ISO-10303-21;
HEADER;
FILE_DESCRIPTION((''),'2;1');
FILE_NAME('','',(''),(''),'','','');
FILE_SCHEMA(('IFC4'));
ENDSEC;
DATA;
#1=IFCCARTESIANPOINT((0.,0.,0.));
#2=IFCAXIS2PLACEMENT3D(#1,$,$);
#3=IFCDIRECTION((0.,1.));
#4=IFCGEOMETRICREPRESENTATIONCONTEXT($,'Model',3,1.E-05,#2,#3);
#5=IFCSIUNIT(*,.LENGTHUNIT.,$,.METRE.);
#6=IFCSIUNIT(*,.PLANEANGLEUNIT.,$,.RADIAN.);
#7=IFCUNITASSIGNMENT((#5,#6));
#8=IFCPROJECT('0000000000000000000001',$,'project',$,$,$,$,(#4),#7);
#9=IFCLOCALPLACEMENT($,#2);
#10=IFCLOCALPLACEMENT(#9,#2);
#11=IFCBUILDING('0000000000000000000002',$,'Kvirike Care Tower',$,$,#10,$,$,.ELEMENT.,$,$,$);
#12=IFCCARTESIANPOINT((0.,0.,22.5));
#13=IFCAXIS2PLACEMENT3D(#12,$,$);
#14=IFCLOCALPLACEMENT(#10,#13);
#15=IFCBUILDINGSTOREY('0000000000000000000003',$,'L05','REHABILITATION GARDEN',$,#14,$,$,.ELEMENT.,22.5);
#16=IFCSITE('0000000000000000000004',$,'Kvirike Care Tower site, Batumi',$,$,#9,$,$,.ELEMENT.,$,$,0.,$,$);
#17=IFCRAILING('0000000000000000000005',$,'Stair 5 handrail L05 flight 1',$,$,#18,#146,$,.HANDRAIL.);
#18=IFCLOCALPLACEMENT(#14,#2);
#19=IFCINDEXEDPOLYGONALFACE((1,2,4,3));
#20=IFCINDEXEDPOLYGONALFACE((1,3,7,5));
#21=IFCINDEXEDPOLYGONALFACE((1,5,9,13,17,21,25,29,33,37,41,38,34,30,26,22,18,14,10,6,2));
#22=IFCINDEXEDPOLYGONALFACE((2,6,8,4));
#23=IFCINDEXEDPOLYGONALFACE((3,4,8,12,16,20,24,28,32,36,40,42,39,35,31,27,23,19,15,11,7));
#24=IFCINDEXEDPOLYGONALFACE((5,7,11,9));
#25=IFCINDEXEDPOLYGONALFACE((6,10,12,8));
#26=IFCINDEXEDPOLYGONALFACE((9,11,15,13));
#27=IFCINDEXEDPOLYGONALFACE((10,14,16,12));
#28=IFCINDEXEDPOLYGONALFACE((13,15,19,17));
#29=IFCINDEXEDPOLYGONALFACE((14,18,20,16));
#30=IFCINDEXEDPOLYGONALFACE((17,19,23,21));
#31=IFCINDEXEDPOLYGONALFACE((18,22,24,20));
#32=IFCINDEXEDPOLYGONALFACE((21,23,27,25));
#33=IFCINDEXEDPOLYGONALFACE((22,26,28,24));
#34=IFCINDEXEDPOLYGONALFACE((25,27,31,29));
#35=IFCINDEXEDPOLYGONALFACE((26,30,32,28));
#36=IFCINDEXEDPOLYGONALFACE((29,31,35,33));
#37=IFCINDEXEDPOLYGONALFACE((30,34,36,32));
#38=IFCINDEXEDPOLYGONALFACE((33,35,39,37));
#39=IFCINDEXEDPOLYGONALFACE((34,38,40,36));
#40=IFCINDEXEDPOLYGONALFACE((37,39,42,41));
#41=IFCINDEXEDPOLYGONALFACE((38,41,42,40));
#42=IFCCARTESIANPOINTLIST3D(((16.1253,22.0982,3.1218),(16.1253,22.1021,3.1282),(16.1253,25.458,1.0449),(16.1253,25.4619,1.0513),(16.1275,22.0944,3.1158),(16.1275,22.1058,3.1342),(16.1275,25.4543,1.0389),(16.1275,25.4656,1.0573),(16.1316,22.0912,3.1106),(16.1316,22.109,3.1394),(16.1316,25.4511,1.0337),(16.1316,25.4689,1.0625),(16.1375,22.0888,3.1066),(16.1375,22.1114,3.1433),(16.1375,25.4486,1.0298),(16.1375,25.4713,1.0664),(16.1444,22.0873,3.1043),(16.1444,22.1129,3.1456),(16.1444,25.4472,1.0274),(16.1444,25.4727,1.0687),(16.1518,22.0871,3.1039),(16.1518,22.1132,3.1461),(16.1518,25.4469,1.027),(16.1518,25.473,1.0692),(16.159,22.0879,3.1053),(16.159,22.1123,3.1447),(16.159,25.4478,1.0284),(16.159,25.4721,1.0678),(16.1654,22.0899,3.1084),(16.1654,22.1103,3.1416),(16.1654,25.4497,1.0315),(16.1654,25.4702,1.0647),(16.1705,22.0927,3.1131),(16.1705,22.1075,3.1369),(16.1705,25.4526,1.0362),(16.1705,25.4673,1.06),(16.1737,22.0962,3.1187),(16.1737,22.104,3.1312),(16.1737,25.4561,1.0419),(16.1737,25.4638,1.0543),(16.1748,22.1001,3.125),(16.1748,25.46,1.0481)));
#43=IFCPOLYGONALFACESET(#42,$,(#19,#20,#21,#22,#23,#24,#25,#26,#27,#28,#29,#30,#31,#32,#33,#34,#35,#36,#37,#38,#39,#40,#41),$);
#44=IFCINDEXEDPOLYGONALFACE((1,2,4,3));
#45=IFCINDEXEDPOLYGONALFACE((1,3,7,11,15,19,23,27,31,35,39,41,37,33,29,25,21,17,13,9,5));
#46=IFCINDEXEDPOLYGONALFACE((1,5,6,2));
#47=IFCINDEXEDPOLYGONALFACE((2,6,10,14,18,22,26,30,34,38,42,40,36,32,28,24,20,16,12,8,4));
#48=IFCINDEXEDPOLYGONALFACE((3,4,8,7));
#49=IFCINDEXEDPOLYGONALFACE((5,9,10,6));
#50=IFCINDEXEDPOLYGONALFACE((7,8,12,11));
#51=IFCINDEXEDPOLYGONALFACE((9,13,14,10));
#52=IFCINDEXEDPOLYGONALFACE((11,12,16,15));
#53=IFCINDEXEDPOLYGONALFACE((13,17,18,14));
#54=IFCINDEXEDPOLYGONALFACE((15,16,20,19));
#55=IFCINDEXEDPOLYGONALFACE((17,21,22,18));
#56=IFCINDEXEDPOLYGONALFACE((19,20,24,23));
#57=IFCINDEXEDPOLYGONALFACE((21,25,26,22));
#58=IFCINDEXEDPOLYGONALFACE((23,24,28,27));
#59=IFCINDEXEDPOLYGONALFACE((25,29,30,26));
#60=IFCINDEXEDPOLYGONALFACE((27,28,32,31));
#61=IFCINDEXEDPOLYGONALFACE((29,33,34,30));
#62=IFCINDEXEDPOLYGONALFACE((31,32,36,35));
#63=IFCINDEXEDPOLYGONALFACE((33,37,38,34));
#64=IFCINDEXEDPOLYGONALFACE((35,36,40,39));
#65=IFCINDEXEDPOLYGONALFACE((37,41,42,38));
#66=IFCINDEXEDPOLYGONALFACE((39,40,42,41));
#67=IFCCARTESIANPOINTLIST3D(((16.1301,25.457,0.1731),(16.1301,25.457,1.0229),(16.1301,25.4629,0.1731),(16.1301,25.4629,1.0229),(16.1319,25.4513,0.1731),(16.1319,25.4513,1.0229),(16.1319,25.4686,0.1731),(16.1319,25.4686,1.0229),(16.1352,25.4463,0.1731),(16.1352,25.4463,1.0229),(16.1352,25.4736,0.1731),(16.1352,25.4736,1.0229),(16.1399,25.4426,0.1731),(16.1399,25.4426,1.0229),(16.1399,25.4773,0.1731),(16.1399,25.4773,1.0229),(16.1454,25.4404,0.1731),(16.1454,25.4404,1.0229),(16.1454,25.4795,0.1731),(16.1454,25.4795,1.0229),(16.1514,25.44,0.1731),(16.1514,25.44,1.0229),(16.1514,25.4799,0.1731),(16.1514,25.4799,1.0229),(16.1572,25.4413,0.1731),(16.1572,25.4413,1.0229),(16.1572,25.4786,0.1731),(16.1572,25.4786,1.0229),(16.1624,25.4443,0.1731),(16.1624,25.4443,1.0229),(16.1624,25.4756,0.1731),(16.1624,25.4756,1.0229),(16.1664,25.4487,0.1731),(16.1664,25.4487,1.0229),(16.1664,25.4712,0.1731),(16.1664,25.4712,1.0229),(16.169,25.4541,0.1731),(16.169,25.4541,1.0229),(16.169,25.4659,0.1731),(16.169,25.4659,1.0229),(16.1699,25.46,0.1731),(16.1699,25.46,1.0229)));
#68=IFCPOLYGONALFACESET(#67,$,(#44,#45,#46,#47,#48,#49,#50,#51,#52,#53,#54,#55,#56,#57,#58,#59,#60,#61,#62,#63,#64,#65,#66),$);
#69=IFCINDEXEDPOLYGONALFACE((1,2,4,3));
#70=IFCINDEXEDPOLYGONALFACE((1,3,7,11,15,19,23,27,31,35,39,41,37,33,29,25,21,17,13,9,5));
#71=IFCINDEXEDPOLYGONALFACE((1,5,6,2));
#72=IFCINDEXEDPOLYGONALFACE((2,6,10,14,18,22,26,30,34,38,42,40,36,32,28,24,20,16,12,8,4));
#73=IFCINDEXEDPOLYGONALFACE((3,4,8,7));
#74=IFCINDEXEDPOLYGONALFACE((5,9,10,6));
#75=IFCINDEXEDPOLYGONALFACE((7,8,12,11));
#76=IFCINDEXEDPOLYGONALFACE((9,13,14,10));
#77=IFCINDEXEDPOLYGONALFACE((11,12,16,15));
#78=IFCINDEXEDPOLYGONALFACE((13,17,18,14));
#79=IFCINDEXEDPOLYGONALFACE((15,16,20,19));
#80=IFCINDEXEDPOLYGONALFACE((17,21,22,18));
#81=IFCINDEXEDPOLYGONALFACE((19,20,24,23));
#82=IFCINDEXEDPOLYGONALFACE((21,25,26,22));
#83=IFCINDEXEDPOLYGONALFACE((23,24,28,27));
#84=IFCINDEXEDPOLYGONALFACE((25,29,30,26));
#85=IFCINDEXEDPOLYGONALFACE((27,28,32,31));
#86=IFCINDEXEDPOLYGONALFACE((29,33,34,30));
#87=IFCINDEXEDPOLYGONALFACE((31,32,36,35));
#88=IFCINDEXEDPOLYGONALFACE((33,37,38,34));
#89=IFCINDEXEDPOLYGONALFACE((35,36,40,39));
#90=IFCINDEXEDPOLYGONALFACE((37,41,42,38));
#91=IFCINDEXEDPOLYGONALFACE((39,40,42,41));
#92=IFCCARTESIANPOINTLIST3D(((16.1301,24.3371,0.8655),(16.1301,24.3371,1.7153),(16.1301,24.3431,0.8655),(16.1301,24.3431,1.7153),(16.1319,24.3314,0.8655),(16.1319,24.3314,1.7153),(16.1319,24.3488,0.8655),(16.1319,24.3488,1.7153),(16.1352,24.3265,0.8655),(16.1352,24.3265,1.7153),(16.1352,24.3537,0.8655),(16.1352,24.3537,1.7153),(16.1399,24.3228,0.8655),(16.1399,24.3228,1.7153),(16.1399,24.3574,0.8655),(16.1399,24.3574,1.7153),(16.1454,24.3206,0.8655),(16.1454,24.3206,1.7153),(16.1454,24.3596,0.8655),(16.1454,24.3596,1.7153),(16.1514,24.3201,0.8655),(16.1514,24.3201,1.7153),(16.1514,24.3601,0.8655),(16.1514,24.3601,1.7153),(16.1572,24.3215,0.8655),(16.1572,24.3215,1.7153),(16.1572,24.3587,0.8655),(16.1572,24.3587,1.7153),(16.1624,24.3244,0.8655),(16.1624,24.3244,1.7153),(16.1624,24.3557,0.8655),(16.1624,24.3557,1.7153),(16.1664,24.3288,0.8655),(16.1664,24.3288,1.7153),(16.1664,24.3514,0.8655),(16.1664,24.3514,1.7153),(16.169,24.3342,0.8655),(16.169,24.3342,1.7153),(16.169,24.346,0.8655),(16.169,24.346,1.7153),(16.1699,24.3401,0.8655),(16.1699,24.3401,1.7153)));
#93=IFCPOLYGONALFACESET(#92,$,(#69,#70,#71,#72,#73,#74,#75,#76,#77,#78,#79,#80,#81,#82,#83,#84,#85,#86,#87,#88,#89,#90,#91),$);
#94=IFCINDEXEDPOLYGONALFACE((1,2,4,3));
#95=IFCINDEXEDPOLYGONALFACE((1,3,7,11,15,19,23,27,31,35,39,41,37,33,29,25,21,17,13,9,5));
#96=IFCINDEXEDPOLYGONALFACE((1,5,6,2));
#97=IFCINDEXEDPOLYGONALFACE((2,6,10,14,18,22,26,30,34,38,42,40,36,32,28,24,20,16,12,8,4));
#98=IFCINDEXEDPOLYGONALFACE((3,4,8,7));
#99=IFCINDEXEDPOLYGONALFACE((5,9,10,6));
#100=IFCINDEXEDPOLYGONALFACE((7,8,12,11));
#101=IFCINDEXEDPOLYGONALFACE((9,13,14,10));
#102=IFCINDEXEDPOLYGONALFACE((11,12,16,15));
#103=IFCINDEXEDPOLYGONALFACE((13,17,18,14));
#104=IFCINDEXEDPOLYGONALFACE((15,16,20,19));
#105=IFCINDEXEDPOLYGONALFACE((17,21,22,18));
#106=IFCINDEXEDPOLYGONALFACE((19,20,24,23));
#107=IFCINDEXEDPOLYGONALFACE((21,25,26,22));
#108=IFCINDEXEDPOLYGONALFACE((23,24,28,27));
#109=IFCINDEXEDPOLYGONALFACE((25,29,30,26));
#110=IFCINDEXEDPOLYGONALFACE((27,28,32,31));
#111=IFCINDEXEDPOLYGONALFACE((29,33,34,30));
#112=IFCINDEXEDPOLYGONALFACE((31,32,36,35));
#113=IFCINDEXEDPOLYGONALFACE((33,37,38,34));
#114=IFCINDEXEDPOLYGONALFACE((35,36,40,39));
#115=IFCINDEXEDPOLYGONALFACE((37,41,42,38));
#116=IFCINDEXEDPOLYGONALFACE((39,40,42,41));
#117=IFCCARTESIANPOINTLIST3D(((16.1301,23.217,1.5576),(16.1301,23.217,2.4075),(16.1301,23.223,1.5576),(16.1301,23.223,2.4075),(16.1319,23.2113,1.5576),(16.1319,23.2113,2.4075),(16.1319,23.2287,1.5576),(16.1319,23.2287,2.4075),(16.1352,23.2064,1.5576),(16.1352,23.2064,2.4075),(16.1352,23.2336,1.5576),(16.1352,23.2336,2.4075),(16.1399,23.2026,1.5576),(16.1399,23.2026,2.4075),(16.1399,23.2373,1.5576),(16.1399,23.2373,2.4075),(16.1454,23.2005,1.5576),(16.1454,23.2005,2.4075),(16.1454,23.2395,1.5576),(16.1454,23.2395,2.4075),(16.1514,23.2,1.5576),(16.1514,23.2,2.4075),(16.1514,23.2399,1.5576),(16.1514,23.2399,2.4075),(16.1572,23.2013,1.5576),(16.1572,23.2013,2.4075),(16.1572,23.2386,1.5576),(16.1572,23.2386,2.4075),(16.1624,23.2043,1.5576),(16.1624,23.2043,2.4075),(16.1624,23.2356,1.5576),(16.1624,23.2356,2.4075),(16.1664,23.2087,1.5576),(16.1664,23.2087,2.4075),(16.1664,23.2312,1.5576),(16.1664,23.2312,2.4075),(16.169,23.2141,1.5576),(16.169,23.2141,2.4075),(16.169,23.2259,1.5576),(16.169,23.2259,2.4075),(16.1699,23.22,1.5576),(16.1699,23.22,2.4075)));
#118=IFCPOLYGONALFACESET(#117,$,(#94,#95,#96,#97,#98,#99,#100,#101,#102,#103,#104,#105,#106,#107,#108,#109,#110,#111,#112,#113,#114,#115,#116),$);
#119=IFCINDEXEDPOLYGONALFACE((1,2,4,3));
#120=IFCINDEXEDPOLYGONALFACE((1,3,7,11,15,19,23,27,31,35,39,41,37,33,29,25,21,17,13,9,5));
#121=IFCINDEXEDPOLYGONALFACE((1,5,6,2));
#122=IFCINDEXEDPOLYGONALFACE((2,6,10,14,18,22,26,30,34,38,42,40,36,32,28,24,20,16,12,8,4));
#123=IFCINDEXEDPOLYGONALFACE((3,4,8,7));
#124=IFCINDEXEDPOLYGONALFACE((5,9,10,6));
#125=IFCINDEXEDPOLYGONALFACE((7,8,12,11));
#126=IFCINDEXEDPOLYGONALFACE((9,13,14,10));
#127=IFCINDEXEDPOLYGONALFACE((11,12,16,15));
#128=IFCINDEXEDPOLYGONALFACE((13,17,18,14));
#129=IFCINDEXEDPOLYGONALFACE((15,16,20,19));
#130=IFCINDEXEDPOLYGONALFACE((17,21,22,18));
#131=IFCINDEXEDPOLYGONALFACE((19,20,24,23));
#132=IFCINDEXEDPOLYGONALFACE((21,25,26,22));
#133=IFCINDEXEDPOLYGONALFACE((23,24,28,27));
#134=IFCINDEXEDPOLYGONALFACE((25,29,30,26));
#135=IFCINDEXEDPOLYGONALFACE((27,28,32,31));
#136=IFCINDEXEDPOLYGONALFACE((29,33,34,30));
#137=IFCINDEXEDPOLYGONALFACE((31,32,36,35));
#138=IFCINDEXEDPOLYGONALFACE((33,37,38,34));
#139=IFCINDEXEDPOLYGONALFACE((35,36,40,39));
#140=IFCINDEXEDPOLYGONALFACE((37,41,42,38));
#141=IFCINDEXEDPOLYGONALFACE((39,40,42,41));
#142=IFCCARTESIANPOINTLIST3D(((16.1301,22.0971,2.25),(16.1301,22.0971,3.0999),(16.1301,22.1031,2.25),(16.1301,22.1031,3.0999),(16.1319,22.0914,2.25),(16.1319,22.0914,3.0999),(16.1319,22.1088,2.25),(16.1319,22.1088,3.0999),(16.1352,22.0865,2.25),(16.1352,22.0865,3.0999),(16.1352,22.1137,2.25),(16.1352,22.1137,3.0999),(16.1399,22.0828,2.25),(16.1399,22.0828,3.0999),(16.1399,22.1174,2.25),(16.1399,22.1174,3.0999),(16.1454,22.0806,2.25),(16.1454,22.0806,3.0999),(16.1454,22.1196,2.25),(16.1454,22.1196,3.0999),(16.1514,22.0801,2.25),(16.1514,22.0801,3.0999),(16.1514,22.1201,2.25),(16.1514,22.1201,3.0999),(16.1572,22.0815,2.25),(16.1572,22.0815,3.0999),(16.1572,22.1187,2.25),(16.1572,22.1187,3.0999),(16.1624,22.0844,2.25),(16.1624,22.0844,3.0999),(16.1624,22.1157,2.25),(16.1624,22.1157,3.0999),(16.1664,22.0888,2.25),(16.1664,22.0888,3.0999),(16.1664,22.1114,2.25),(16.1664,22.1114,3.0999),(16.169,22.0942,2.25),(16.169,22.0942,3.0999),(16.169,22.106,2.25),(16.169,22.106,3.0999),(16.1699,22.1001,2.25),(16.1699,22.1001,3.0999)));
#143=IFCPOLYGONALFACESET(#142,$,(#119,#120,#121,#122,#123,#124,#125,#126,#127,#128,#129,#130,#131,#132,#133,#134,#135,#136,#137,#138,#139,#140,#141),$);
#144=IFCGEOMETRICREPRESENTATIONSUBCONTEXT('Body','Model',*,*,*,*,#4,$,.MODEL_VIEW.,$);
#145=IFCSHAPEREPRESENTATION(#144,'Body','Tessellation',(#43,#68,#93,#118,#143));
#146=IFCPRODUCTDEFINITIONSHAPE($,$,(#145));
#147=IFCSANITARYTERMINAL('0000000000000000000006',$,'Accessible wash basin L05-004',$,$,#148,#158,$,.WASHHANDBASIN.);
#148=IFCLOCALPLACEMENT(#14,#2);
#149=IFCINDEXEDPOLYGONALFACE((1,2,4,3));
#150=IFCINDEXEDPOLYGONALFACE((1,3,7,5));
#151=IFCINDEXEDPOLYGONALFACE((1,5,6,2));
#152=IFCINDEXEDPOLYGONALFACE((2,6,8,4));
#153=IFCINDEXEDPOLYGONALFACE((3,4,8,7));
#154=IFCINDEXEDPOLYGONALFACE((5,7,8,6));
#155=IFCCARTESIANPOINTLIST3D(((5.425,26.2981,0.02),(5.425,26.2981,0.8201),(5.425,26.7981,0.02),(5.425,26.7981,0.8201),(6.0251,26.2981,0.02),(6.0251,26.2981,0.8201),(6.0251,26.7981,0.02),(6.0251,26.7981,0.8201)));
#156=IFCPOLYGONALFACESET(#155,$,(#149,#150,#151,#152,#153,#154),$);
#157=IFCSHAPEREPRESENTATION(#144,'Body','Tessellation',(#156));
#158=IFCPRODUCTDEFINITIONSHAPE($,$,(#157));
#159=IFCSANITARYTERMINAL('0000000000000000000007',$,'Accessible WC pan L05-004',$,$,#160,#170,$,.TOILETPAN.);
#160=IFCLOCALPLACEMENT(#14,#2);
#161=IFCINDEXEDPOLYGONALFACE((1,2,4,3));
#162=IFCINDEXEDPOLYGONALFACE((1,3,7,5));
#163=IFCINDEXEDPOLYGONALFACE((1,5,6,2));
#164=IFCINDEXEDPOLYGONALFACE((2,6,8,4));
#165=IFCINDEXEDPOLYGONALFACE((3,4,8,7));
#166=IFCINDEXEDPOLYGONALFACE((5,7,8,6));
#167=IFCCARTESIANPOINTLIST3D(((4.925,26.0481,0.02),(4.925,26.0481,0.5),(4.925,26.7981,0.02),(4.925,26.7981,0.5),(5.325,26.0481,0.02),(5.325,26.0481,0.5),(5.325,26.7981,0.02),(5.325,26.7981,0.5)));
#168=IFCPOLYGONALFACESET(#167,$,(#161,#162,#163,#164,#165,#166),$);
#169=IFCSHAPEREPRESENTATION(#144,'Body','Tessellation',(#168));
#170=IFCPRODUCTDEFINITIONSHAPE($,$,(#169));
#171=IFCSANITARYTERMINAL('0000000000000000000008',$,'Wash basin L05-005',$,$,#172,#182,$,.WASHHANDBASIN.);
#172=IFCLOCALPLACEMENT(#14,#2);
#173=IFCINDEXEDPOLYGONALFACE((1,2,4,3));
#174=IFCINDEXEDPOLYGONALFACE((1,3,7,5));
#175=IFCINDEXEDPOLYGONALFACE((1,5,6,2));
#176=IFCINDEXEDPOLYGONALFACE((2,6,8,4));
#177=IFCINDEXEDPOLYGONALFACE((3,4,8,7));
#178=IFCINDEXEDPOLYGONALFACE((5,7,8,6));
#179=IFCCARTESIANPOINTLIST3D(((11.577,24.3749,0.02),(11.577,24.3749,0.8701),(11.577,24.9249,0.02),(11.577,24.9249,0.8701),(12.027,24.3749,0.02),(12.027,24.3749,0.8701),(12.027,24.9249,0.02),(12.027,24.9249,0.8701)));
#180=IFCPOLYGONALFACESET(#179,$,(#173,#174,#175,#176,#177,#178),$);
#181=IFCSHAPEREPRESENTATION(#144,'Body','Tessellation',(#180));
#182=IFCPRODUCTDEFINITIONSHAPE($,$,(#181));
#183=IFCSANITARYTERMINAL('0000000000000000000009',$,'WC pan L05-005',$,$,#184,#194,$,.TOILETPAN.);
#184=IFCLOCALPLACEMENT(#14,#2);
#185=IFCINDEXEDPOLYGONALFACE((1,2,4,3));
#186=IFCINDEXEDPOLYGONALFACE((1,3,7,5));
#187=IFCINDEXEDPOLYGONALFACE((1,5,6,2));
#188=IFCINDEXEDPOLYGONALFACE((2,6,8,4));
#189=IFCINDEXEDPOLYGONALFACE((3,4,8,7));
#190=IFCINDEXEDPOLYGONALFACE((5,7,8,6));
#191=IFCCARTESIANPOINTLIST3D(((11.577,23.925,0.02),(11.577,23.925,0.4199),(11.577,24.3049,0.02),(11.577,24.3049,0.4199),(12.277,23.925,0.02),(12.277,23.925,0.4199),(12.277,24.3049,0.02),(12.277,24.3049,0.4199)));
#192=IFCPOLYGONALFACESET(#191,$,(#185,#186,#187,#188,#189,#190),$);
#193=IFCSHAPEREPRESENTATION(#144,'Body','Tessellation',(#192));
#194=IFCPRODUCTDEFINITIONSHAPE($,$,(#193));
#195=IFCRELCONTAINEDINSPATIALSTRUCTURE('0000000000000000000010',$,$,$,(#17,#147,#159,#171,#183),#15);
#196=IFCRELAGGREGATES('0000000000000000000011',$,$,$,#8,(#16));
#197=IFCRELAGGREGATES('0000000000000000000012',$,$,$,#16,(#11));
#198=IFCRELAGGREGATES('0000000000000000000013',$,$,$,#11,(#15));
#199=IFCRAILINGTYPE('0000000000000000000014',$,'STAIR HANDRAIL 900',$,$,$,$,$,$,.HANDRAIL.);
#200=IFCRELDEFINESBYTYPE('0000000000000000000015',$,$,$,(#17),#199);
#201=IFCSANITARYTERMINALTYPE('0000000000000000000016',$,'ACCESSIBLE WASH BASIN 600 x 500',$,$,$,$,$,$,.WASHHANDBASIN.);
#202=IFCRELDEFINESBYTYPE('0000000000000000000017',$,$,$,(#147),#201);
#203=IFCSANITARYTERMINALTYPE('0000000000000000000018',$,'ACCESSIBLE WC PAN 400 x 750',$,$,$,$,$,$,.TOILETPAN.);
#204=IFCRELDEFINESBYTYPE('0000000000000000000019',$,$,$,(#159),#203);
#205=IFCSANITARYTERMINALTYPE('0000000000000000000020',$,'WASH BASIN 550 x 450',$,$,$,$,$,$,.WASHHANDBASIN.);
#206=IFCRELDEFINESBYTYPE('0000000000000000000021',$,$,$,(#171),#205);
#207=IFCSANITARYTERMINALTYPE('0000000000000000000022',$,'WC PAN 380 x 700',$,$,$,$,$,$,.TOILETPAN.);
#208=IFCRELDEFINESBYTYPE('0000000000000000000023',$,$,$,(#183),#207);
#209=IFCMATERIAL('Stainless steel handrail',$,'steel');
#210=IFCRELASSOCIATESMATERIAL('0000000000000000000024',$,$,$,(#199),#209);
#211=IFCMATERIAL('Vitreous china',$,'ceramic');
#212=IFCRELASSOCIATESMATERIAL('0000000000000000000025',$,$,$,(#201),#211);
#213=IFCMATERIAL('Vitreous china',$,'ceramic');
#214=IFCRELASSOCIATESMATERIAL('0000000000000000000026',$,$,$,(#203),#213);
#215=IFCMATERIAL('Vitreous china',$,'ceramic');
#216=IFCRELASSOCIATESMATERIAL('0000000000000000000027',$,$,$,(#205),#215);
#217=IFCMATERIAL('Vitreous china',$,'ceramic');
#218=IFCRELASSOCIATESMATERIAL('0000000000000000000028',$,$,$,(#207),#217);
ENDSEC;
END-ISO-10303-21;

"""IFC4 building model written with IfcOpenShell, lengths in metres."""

from ifc_helpers import new_model, si_unit, direction, frame, origin, origin_2d, place, context, subcontext, project, spatial, rectangle, circle, extrude, material, type_object, element, save


model = new_model("IFC4")

# Units and contexts
model_context = context("Model", 3, precision=1e-05, world=origin(), true_north=direction((0.0, 1.0)))
body_context = subcontext(model_context, "Body", "Model", "MODEL_VIEW")
ifc_project = project(units=[si_unit("LENGTHUNIT", "METRE"), si_unit("PLANEANGLEUNIT", "RADIAN")], contexts=[model_context])

# Site, building, storey
site_placement = place(None, origin())
site = spatial("IfcSite", under=ifc_project, at=site_placement, Name="Kvirike Care Tower site, Batumi", CompositionType="ELEMENT", RefElevation=0.0)
building_placement = place(site_placement, origin())
building = spatial("IfcBuilding", under=site, at=building_placement, Name="Kvirike Care Tower", CompositionType="ELEMENT")
storey_placement = place(building_placement, frame((0.0, 0.0, 22.5)))
storey = spatial("IfcBuildingStorey", under=building, at=storey_placement, Name="L05", Description="REHABILITATION GARDEN", CompositionType="ELEMENT", Elevation=22.5)

# Railing
ifc_material_1 = material(Name="Stainless steel handrail", Category="steel")
railing_type = type_object("IfcRailingType", Name="STAIR HANDRAIL 900", PredefinedType="HANDRAIL", material=ifc_material_1)
railing_placement = place(storey_placement, frame((16.1499, 25.46, 0.1731)))
element("IfcRailing", 1, at=railing_placement, inside=storey, type_object=railing_type, Name="Stair 5 handrail L05 flight 1", PredefinedType="HANDRAIL", context=body_context, shape_type="SweptSolid", body=[
    extrude(circle(Radius=0.0249, at=origin_2d()), frame((0.0, 0.0, 0.875), z_axis=(0.0, -0.850606, 0.525803), x_axis=(1.0, 0.0, 0.0)), (0.0, 0.0, 1.0), 3.95),
    extrude(circle(Radius=0.02, at=origin_2d()), origin(), (0.0, 0.0, 1.0), 0.8499),
    extrude(circle(Radius=0.02, at=origin_2d()), frame((0.0, -1.1199, 0.6924)), (0.0, 0.0, 1.0), 0.8499),
    extrude(circle(Radius=0.02, at=origin_2d()), frame((0.0, -2.24, 1.3845)), (0.0, 0.0, 1.0), 0.8499),
    extrude(circle(Radius=0.02, at=origin_2d()), frame((0.0, -3.3599, 2.0769)), (0.0, 0.0, 1.0), 0.8499),
])

# Sanitary terminals
ifc_material_2 = material(Name="Vitreous china", Category="ceramic")
sanitary_terminal_type_1 = type_object("IfcSanitaryTerminalType", Name="ACCESSIBLE WASH BASIN 600 x 500", PredefinedType="WASHHANDBASIN", material=ifc_material_2)
sanitary_terminal_1_placement = place(storey_placement, frame((5.7251, 26.5481, 0.02), z_axis=(0.0, 0.0, 1.0), x_axis=(1.0, 0.0, 0.0)))
element("IfcSanitaryTerminal", 2, at=sanitary_terminal_1_placement, inside=storey, type_object=sanitary_terminal_type_1, Name="Accessible wash basin L05-004", PredefinedType="WASHHANDBASIN", context=body_context, shape_type="SweptSolid", body=[
    extrude(rectangle(XDim=0.6001, YDim=0.5, at=origin_2d()), origin(), (0.0, 0.0, 1.0), 0.8),
])
ifc_material_3 = material(Name="Vitreous china", Category="ceramic")
sanitary_terminal_type_2 = type_object("IfcSanitaryTerminalType", Name="ACCESSIBLE WC PAN 400 x 750", PredefinedType="TOILETPAN", material=ifc_material_3)
sanitary_terminal_2_placement = place(storey_placement, frame((5.125, 26.4231, 0.02), z_axis=(0.0, 0.0, 1.0), x_axis=(1.0, 0.0, 0.0)))
element("IfcSanitaryTerminal", 3, at=sanitary_terminal_2_placement, inside=storey, type_object=sanitary_terminal_type_2, Name="Accessible WC pan L05-004", PredefinedType="TOILETPAN", context=body_context, shape_type="SweptSolid", body=[
    extrude(rectangle(XDim=0.3999, YDim=0.75, at=origin_2d()), origin(), (0.0, 0.0, 1.0), 0.48),
])
ifc_material_4 = material(Name="Vitreous china", Category="ceramic")
sanitary_terminal_type_3 = type_object("IfcSanitaryTerminalType", Name="WASH BASIN 550 x 450", PredefinedType="WASHHANDBASIN", material=ifc_material_4)
sanitary_terminal_3_placement = place(storey_placement, frame((11.802, 24.6499, 0.02), z_axis=(0.0, 0.0, 1.0), x_axis=(0.0, 1.0, 0.0)))
element("IfcSanitaryTerminal", 4, at=sanitary_terminal_3_placement, inside=storey, type_object=sanitary_terminal_type_3, Name="Wash basin L05-005", PredefinedType="WASHHANDBASIN", context=body_context, shape_type="SweptSolid", body=[
    extrude(rectangle(XDim=0.55, YDim=0.45, at=origin_2d()), origin(), (0.0, 0.0, 1.0), 0.8501),
])
ifc_material_5 = material(Name="Vitreous china", Category="ceramic")
sanitary_terminal_type_4 = type_object("IfcSanitaryTerminalType", Name="WC PAN 380 x 700", PredefinedType="TOILETPAN", material=ifc_material_5)
sanitary_terminal_4_placement = place(storey_placement, frame((11.927, 24.115, 0.02), z_axis=(0.0, 0.0, 1.0), x_axis=(0.0, 1.0, 0.0)))
element("IfcSanitaryTerminal", 5, at=sanitary_terminal_4_placement, inside=storey, type_object=sanitary_terminal_type_4, Name="WC pan L05-005", PredefinedType="TOILETPAN", context=body_context, shape_type="SweptSolid", body=[
    extrude(rectangle(XDim=0.3799, YDim=0.7, at=origin_2d()), origin(), (0.0, 0.0, 1.0), 0.3999),
])

save(model, "model.ifc")
